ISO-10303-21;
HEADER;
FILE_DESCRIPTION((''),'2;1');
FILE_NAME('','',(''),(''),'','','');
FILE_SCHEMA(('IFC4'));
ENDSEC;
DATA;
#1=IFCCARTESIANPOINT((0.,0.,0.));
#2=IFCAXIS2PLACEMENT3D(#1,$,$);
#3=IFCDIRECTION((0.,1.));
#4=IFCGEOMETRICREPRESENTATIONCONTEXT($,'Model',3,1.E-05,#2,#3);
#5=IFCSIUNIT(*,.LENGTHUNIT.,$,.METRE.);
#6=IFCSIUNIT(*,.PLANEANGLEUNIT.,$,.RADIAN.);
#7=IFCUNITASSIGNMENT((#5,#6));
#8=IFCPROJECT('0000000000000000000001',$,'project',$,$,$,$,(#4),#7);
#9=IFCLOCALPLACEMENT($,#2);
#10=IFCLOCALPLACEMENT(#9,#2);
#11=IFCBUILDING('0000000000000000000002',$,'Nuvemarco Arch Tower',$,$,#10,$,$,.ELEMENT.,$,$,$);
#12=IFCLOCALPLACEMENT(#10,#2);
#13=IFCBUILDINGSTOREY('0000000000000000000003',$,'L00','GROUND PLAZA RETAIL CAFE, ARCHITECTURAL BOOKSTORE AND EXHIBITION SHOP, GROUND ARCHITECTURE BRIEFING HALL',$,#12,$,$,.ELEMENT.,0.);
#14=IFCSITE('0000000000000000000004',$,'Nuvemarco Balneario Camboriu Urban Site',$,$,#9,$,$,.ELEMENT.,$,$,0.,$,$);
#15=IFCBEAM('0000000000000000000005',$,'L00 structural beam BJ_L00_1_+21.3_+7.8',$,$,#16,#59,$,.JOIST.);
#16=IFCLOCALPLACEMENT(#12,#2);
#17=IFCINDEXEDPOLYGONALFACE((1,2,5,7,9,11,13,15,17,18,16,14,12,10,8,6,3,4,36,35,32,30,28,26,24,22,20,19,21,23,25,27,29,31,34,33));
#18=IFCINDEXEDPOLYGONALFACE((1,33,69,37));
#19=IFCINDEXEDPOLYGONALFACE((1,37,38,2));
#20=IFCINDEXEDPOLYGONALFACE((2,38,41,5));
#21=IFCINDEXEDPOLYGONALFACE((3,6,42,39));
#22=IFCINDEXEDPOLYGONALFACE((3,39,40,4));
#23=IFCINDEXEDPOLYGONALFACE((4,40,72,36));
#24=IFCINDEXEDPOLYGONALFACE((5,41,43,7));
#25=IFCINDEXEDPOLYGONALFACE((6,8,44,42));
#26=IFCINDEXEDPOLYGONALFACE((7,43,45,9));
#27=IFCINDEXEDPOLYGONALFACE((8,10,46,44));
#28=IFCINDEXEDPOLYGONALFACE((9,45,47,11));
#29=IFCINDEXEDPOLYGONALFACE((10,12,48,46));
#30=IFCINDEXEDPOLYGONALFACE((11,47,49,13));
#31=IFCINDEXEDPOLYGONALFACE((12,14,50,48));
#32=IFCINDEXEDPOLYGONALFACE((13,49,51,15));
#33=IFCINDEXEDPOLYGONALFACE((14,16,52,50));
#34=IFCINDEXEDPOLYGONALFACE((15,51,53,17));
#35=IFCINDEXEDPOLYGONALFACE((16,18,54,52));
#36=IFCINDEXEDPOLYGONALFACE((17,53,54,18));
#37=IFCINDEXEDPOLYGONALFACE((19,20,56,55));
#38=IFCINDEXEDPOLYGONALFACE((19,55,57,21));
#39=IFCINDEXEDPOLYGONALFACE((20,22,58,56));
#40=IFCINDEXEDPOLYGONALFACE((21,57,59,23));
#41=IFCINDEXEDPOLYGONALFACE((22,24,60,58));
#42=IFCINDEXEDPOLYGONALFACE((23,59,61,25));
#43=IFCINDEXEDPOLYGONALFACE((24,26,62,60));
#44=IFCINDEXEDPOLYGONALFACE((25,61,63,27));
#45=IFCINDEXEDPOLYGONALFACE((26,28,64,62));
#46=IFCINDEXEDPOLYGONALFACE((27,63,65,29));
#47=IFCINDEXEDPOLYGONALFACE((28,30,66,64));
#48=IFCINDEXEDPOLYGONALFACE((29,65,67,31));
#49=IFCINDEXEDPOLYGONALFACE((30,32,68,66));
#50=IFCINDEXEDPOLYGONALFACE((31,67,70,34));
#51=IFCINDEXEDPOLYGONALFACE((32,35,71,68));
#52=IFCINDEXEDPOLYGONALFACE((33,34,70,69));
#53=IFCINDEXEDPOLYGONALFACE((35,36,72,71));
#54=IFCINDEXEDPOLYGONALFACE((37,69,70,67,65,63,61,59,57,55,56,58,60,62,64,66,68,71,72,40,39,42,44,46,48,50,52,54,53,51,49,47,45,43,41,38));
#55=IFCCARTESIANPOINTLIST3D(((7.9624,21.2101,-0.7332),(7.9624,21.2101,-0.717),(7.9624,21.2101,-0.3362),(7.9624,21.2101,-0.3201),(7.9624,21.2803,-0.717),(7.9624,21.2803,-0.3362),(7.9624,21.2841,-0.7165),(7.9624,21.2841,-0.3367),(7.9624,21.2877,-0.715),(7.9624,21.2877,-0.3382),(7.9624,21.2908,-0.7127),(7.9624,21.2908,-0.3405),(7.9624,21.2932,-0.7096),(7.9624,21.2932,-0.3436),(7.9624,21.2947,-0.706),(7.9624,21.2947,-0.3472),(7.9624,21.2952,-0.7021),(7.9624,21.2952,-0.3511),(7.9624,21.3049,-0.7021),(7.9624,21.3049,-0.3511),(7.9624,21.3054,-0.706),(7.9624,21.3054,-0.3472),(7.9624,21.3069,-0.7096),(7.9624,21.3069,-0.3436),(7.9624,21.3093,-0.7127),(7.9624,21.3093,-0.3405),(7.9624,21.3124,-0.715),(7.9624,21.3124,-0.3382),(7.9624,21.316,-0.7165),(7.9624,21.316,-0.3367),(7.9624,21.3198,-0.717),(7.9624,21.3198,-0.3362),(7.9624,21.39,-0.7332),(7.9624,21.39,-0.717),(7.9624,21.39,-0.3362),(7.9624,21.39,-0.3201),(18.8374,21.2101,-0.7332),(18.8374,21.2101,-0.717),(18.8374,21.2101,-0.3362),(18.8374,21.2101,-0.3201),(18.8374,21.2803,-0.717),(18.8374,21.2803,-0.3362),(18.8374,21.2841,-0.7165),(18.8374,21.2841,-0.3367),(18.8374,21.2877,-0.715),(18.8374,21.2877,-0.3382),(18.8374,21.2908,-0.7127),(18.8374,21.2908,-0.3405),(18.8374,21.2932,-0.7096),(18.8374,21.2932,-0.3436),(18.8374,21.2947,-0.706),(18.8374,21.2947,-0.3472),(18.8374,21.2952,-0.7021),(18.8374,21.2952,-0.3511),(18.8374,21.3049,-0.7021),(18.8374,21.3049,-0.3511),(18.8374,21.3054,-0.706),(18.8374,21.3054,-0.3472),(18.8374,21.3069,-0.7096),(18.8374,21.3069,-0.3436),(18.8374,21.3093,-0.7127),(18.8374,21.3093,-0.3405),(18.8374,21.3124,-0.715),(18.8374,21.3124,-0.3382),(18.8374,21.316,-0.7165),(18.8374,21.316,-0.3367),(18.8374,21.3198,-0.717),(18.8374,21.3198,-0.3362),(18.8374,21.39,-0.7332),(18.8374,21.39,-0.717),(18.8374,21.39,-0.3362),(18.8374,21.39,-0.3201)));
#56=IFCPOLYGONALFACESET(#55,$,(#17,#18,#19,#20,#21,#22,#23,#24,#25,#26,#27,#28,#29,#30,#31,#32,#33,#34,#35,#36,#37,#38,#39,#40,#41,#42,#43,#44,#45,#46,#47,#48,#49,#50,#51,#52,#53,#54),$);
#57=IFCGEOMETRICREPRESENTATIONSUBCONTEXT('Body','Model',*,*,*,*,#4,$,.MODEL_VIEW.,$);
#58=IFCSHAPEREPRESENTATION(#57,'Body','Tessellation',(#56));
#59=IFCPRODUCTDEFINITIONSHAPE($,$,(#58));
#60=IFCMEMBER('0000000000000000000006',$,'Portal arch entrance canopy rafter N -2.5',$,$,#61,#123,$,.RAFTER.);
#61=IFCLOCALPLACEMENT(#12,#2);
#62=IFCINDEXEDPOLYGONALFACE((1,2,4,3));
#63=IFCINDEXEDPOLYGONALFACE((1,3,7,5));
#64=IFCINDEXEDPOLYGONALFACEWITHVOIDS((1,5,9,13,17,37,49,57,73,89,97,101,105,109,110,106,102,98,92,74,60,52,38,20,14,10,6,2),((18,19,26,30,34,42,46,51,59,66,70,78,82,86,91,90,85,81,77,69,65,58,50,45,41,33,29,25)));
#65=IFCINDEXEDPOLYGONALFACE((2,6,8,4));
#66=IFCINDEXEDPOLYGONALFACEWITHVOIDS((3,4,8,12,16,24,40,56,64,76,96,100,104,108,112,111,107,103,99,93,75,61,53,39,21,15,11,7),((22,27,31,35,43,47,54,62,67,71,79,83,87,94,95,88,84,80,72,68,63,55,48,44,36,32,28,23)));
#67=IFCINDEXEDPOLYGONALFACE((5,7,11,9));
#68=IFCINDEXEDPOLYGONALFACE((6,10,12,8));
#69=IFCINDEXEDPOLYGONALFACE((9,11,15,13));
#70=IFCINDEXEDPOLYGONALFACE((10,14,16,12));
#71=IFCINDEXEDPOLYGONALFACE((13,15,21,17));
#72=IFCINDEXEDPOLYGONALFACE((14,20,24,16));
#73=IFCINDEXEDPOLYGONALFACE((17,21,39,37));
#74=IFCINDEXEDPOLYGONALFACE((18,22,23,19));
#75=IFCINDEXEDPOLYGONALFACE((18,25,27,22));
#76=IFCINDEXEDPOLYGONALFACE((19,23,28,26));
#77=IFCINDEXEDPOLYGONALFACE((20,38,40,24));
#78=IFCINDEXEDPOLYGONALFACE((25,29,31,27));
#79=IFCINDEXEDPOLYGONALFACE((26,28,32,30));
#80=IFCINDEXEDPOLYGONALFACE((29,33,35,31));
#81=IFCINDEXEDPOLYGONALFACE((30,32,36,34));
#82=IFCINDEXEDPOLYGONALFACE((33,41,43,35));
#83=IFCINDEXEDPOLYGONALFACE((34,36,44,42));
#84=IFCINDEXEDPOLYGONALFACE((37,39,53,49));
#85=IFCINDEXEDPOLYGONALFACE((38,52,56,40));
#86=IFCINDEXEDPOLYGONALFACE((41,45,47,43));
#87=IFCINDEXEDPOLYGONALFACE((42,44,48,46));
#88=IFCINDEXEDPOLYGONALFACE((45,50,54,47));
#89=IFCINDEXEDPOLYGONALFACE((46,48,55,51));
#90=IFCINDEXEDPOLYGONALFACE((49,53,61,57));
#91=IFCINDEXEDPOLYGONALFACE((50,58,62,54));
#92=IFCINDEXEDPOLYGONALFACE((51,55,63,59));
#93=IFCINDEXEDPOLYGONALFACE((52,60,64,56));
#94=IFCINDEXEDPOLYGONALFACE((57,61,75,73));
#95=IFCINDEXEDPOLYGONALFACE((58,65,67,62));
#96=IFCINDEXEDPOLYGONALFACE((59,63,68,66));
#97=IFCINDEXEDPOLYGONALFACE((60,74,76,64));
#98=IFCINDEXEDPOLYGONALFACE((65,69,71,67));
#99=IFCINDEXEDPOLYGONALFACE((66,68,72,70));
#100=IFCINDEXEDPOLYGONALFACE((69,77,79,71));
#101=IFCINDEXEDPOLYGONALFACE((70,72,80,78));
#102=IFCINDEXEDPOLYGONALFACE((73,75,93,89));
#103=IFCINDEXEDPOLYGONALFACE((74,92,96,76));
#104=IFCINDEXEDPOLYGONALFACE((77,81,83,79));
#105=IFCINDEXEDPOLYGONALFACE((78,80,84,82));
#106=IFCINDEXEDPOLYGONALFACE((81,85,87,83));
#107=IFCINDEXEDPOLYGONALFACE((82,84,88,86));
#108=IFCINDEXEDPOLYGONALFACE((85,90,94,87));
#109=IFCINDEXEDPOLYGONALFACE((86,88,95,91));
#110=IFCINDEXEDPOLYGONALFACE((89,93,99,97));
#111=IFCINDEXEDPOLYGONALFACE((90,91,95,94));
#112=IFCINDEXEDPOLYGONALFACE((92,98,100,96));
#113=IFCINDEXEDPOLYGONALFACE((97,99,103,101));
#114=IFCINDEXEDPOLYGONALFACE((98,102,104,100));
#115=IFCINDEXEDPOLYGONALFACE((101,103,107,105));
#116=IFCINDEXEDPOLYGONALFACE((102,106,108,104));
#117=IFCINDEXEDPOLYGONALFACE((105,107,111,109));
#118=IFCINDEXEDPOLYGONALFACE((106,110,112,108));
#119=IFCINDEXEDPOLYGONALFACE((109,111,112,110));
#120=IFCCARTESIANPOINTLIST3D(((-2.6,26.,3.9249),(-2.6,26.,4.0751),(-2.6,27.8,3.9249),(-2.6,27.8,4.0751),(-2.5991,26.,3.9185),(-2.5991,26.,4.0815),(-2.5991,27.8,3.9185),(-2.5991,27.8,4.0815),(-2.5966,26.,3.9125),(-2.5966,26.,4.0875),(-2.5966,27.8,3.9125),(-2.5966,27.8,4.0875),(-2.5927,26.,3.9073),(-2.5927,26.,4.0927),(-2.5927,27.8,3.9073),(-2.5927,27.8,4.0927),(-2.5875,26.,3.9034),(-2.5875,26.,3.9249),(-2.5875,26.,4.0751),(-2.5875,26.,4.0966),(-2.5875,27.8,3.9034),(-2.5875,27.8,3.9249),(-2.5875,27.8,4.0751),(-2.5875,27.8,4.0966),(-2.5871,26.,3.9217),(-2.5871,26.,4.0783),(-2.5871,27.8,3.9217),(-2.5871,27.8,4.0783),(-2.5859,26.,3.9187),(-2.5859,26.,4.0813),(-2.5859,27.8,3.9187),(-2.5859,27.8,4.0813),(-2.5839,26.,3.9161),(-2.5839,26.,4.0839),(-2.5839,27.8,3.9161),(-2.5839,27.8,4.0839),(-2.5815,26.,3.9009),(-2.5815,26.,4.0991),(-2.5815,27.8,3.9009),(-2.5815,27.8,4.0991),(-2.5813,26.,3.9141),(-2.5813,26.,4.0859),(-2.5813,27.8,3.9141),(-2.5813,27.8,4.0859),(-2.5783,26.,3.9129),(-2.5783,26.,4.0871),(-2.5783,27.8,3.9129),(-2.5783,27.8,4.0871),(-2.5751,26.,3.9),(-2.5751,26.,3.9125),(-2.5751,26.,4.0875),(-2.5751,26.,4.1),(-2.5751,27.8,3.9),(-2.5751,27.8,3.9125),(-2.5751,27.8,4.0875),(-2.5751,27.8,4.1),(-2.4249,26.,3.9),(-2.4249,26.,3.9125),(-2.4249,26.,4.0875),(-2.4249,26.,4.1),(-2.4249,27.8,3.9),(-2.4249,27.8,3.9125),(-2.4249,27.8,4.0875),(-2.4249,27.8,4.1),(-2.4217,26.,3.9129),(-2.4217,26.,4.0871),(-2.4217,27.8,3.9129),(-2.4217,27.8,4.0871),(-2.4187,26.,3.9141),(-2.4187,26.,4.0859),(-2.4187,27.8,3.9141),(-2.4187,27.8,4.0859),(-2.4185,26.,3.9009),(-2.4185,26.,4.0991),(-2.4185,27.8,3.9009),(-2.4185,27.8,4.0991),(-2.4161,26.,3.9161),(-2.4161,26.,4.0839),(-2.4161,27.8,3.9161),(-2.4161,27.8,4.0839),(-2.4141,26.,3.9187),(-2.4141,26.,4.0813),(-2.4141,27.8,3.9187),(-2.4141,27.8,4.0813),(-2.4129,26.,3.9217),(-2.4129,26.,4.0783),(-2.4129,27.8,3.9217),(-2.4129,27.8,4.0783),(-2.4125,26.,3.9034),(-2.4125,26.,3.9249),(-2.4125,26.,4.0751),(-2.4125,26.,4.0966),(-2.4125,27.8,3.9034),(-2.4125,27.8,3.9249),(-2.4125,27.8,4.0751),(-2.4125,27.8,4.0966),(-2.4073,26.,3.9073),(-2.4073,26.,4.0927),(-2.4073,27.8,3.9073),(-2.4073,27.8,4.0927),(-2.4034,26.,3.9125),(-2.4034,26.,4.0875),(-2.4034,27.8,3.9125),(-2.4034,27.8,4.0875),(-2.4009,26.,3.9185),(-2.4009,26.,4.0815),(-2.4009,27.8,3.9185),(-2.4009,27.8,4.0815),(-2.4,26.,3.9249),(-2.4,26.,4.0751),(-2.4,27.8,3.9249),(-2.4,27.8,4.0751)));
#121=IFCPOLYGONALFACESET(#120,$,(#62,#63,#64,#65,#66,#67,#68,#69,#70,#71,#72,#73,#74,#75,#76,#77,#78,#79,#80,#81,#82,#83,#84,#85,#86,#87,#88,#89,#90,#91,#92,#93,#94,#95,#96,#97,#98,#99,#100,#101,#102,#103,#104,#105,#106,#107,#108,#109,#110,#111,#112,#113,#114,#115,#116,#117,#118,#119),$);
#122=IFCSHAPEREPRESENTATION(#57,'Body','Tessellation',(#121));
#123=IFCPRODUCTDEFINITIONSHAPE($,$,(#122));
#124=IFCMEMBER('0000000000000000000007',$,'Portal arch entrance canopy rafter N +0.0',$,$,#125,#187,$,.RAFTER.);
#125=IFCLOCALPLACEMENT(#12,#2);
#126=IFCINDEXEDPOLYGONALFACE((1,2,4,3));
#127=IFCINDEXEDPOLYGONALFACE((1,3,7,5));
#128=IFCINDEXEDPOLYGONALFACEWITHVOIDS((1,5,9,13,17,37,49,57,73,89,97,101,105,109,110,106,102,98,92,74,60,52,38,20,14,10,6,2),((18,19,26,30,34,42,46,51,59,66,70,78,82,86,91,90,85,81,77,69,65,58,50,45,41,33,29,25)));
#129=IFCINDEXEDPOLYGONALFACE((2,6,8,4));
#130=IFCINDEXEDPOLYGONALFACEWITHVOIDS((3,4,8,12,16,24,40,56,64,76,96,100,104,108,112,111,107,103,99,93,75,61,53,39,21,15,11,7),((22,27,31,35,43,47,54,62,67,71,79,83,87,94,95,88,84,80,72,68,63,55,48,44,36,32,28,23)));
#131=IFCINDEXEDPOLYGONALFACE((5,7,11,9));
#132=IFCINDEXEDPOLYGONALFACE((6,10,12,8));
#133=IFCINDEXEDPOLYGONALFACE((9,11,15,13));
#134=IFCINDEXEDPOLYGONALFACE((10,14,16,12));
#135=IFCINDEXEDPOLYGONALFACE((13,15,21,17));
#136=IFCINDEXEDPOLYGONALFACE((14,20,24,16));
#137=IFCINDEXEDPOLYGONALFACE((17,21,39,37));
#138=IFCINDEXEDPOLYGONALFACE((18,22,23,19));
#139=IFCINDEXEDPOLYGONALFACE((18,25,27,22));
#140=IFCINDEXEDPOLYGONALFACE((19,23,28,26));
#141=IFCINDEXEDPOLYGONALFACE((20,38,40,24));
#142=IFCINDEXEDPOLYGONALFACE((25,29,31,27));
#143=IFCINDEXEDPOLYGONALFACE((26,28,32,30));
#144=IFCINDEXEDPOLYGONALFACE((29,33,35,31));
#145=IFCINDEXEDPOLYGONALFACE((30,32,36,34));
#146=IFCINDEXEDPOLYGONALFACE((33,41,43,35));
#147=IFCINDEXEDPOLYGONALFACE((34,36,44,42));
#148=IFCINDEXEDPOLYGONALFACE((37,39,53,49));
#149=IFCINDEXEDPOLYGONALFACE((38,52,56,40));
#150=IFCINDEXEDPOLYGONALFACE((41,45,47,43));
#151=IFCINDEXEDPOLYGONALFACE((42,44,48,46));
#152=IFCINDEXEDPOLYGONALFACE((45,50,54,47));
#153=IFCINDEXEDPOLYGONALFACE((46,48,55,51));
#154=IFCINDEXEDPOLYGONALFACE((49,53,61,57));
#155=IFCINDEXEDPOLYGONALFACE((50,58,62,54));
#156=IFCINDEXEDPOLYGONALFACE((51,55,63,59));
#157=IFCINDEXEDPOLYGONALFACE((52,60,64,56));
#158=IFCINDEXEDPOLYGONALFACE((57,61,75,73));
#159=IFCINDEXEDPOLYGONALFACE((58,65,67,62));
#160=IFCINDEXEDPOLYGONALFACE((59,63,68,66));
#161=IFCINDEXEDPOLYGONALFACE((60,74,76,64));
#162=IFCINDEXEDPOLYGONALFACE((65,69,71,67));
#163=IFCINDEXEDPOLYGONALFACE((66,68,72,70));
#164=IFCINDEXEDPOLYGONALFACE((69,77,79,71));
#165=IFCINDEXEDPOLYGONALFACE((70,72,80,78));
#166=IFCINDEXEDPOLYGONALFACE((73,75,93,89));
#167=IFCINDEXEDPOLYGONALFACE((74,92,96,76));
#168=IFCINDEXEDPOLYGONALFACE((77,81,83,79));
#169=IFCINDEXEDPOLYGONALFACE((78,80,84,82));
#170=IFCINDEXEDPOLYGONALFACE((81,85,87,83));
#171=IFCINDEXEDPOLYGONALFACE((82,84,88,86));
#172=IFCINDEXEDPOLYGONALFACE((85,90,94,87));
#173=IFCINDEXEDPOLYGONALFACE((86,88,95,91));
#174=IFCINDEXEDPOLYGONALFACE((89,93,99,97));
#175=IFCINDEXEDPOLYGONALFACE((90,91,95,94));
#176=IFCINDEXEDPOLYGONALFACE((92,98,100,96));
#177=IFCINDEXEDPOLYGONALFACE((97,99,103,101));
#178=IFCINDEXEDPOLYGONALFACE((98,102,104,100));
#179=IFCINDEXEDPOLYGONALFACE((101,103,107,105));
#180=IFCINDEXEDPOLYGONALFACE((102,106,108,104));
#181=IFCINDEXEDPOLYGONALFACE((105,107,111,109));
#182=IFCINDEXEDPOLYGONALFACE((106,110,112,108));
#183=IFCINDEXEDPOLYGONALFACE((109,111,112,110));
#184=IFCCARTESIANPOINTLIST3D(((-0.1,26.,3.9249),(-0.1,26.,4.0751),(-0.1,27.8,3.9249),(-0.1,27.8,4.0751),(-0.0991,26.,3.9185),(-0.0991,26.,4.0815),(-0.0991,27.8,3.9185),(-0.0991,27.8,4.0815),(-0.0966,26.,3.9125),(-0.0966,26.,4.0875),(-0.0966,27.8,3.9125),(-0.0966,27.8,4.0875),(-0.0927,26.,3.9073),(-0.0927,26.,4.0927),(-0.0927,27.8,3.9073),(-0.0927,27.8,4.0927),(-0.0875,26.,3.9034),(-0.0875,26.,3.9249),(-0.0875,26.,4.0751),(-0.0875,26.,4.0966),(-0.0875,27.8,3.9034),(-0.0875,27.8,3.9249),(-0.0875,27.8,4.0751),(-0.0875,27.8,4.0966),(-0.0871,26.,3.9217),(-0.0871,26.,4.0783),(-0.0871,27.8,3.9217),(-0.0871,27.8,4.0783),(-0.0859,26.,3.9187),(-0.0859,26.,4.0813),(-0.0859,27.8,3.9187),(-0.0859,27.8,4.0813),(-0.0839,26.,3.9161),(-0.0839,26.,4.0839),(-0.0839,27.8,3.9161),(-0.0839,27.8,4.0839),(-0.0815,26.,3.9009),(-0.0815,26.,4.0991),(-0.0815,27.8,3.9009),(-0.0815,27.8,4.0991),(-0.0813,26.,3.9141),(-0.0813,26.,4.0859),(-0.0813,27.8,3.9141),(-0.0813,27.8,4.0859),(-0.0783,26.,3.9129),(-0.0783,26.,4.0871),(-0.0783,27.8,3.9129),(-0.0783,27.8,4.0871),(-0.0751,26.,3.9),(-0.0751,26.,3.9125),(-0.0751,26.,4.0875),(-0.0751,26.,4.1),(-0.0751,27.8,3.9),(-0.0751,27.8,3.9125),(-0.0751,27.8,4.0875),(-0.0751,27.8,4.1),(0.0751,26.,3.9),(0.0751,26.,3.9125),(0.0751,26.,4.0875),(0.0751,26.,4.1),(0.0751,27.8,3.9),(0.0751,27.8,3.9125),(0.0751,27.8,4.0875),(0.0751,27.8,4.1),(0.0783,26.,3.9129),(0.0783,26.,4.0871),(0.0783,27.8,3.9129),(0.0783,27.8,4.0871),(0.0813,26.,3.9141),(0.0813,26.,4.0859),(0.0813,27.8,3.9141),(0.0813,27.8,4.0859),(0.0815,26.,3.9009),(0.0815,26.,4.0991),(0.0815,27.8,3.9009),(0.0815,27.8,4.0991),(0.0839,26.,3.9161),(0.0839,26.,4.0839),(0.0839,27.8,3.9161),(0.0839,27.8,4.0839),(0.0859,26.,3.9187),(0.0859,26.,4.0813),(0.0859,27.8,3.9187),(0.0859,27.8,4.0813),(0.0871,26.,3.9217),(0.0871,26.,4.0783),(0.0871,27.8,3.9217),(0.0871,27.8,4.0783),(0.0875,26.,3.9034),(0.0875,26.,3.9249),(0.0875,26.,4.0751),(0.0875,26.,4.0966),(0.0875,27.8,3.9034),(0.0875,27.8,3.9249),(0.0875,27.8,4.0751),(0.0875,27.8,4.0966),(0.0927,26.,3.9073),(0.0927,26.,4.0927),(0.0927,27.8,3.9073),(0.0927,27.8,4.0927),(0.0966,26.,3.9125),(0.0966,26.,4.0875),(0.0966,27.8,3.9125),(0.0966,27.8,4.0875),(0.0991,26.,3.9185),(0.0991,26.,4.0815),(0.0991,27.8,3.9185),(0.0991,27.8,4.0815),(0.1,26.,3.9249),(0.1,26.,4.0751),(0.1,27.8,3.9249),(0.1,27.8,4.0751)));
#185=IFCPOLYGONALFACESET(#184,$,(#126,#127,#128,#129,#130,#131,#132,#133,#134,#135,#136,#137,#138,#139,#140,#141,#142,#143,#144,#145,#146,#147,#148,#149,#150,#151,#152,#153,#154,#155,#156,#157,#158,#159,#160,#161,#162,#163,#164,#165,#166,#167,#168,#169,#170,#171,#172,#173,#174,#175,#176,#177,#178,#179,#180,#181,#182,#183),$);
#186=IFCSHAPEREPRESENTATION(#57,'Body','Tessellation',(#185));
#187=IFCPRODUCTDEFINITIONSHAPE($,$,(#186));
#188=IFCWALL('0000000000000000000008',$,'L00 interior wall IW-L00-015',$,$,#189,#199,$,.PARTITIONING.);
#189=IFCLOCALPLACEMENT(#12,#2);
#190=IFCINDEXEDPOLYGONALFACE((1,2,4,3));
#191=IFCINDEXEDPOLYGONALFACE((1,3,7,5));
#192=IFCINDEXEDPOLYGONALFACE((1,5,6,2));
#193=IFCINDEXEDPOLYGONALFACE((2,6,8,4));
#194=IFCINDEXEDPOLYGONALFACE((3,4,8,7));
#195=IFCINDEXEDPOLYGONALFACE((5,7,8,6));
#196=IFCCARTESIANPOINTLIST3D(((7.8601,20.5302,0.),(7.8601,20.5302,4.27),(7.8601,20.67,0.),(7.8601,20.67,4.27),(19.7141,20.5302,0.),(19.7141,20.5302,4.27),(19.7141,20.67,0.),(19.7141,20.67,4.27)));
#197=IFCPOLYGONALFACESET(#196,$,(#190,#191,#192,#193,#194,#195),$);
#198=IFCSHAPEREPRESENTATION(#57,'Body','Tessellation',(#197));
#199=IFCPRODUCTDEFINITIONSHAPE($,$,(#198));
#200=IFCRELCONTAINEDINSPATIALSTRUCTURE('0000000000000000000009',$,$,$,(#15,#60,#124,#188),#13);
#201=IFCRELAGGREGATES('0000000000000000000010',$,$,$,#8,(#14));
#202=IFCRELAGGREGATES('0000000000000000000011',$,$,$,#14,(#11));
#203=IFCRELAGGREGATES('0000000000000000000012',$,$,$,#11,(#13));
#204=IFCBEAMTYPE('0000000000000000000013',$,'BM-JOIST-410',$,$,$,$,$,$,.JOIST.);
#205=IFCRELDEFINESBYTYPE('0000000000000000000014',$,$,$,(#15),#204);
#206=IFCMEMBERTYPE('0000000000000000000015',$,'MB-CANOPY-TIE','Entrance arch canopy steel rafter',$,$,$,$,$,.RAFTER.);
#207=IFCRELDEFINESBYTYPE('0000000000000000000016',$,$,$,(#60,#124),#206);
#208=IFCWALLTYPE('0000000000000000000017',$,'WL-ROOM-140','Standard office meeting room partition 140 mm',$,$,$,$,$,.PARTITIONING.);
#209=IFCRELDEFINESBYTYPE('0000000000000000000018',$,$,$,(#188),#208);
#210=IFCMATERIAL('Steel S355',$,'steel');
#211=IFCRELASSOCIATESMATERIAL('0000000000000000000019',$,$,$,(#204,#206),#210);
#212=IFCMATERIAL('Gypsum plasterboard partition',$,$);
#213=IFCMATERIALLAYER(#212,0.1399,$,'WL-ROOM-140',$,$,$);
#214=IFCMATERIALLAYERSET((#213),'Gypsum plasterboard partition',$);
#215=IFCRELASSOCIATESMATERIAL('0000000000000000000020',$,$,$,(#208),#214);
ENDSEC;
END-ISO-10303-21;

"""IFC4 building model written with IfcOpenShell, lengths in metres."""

from ifc_helpers import new_model, si_unit, direction, frame, frame_2d, origin, origin_2d, place, context, subcontext, project, spatial, rectangle, hollow_rectangle, i_section, extrude, material, layer, layer_set, material_profile, profile_set, type_object, element, save


model = new_model("IFC4")

# Units and contexts
model_context = context("Model", 3, precision=1e-05, world=origin(), true_north=direction((0.0, 1.0)))
body_context = subcontext(model_context, "Body", "Model", "MODEL_VIEW")
ifc_project = project(units=[si_unit("LENGTHUNIT", "METRE"), si_unit("PLANEANGLEUNIT", "RADIAN")], contexts=[model_context])

# Site, building, storey
site_placement = place(None, origin())
site = spatial("IfcSite", under=ifc_project, at=site_placement, Name="Nuvemarco Balneario Camboriu Urban Site", CompositionType="ELEMENT", RefElevation=0.0)
building_placement = place(site_placement, origin())
building = spatial("IfcBuilding", under=site, at=building_placement, Name="Nuvemarco Arch Tower", CompositionType="ELEMENT")
storey_placement = place(building_placement, origin())
storey = spatial("IfcBuildingStorey", under=building, at=storey_placement, Name="L00", Description="GROUND PLAZA RETAIL CAFE, ARCHITECTURAL BOOKSTORE AND EXHIBITION SHOP, GROUND ARCHITECTURE BRIEFING HALL", CompositionType="ELEMENT", Elevation=0.0)

# Beam
ifc_material_1 = material(Name="Steel S355", Category="steel")
ifc_material_profile_1 = material_profile(ifc_material_1, i_section(OverallWidth=0.1799, OverallDepth=0.4131, WebThickness=0.0098, FlangeThickness=0.0161, FilletRadius=0.0149, at=origin_2d()), Name="W410x75")
ifc_profile_set_1 = profile_set([ifc_material_profile_1], Name="Steel S355")
beam_type_1 = type_object("IfcBeamType", Name="BM-JOIST-410", PredefinedType="JOIST", material=ifc_profile_set_1)
beam_1_placement = place(storey_placement, frame((7.9624, 21.3, -0.5266), z_axis=(1.0, 0.0, 0.0), x_axis=(0.0, 1.0, 0.0)))
element("IfcBeam", 1, at=beam_1_placement, inside=storey, type_object=beam_type_1, Name="L00 structural beam BJ_L00_1_+21.3_+7.8", PredefinedType="JOIST", context=body_context, shape_type="SweptSolid", body=[
    extrude(i_section(OverallWidth=0.1799, OverallDepth=0.4131, WebThickness=0.0098, FlangeThickness=0.0161, FilletRadius=0.0149, at=origin_2d()), origin(), (0.0, 0.0, 1.0), 10.875),
])

# Members
ifc_material_profile_2 = material_profile(ifc_material_1, hollow_rectangle(XDim=0.2, YDim=0.2, WallThickness=0.0125, InnerFilletRadius=0.0125, OuterFilletRadius=0.0249, at=origin_2d()), Name="SHS200x200x12.5")
ifc_profile_set_2 = profile_set([ifc_material_profile_2], Name="Steel S355")
member_type_1 = type_object("IfcMemberType", Name="MB-CANOPY-TIE", Description="Entrance arch canopy steel rafter", PredefinedType="RAFTER", material=ifc_profile_set_2)
for number, where, z_axis, x_axis, name in (
    (2, (-2.5, 26.0, 4.0), (0.0, 1.0, 0.0), (-1.0, 0.0, 0.0), "Portal arch entrance canopy rafter N -2.5"),
    (3, (0.0, 26.0, 4.0), (0.0, 1.0, 0.0), (-1.0, 0.0, 0.0), "Portal arch entrance canopy rafter N +0.0"),
):
    element("IfcMember", number, at=place(storey_placement, frame(where, z_axis=z_axis, x_axis=x_axis)), inside=storey, type_object=member_type_1, Name=name, PredefinedType="RAFTER", context=body_context, shape_type="SweptSolid", body=[
        extrude(hollow_rectangle(XDim=0.2, YDim=0.2, WallThickness=0.0125, InnerFilletRadius=0.0125, OuterFilletRadius=0.0249, at=origin_2d()), origin(), (0.0, 0.0, 1.0), 1.8),
    ])

# Wall
ifc_material_2 = material(Name="Gypsum plasterboard partition")
ifc_layer_1 = layer(ifc_material_2, 0.1399, Name="WL-ROOM-140")
ifc_layer_set_1 = layer_set([ifc_layer_1], Name="Gypsum plasterboard partition")
wall_type_1 = type_object("IfcWallType", Name="WL-ROOM-140", Description="Standard office meeting room partition 140 mm", PredefinedType="PARTITIONING", material=ifc_layer_set_1)
wall_1_placement = place(storey_placement, frame((7.8601, 20.6001, 0.0), z_axis=(0.0, 0.0, 1.0), x_axis=(1.0, 0.0, 0.0)))
element("IfcWall", 4, at=wall_1_placement, inside=storey, type_object=wall_type_1, Name="L00 interior wall IW-L00-015", PredefinedType="PARTITIONING", context=body_context, shape_type="SweptSolid", body=[
    extrude(rectangle(XDim=11.854, YDim=0.1399, at=frame_2d((5.927, 0.0))), origin(), (0.0, 0.0, 1.0), 4.27),
])

save(model, "model.ifc")
